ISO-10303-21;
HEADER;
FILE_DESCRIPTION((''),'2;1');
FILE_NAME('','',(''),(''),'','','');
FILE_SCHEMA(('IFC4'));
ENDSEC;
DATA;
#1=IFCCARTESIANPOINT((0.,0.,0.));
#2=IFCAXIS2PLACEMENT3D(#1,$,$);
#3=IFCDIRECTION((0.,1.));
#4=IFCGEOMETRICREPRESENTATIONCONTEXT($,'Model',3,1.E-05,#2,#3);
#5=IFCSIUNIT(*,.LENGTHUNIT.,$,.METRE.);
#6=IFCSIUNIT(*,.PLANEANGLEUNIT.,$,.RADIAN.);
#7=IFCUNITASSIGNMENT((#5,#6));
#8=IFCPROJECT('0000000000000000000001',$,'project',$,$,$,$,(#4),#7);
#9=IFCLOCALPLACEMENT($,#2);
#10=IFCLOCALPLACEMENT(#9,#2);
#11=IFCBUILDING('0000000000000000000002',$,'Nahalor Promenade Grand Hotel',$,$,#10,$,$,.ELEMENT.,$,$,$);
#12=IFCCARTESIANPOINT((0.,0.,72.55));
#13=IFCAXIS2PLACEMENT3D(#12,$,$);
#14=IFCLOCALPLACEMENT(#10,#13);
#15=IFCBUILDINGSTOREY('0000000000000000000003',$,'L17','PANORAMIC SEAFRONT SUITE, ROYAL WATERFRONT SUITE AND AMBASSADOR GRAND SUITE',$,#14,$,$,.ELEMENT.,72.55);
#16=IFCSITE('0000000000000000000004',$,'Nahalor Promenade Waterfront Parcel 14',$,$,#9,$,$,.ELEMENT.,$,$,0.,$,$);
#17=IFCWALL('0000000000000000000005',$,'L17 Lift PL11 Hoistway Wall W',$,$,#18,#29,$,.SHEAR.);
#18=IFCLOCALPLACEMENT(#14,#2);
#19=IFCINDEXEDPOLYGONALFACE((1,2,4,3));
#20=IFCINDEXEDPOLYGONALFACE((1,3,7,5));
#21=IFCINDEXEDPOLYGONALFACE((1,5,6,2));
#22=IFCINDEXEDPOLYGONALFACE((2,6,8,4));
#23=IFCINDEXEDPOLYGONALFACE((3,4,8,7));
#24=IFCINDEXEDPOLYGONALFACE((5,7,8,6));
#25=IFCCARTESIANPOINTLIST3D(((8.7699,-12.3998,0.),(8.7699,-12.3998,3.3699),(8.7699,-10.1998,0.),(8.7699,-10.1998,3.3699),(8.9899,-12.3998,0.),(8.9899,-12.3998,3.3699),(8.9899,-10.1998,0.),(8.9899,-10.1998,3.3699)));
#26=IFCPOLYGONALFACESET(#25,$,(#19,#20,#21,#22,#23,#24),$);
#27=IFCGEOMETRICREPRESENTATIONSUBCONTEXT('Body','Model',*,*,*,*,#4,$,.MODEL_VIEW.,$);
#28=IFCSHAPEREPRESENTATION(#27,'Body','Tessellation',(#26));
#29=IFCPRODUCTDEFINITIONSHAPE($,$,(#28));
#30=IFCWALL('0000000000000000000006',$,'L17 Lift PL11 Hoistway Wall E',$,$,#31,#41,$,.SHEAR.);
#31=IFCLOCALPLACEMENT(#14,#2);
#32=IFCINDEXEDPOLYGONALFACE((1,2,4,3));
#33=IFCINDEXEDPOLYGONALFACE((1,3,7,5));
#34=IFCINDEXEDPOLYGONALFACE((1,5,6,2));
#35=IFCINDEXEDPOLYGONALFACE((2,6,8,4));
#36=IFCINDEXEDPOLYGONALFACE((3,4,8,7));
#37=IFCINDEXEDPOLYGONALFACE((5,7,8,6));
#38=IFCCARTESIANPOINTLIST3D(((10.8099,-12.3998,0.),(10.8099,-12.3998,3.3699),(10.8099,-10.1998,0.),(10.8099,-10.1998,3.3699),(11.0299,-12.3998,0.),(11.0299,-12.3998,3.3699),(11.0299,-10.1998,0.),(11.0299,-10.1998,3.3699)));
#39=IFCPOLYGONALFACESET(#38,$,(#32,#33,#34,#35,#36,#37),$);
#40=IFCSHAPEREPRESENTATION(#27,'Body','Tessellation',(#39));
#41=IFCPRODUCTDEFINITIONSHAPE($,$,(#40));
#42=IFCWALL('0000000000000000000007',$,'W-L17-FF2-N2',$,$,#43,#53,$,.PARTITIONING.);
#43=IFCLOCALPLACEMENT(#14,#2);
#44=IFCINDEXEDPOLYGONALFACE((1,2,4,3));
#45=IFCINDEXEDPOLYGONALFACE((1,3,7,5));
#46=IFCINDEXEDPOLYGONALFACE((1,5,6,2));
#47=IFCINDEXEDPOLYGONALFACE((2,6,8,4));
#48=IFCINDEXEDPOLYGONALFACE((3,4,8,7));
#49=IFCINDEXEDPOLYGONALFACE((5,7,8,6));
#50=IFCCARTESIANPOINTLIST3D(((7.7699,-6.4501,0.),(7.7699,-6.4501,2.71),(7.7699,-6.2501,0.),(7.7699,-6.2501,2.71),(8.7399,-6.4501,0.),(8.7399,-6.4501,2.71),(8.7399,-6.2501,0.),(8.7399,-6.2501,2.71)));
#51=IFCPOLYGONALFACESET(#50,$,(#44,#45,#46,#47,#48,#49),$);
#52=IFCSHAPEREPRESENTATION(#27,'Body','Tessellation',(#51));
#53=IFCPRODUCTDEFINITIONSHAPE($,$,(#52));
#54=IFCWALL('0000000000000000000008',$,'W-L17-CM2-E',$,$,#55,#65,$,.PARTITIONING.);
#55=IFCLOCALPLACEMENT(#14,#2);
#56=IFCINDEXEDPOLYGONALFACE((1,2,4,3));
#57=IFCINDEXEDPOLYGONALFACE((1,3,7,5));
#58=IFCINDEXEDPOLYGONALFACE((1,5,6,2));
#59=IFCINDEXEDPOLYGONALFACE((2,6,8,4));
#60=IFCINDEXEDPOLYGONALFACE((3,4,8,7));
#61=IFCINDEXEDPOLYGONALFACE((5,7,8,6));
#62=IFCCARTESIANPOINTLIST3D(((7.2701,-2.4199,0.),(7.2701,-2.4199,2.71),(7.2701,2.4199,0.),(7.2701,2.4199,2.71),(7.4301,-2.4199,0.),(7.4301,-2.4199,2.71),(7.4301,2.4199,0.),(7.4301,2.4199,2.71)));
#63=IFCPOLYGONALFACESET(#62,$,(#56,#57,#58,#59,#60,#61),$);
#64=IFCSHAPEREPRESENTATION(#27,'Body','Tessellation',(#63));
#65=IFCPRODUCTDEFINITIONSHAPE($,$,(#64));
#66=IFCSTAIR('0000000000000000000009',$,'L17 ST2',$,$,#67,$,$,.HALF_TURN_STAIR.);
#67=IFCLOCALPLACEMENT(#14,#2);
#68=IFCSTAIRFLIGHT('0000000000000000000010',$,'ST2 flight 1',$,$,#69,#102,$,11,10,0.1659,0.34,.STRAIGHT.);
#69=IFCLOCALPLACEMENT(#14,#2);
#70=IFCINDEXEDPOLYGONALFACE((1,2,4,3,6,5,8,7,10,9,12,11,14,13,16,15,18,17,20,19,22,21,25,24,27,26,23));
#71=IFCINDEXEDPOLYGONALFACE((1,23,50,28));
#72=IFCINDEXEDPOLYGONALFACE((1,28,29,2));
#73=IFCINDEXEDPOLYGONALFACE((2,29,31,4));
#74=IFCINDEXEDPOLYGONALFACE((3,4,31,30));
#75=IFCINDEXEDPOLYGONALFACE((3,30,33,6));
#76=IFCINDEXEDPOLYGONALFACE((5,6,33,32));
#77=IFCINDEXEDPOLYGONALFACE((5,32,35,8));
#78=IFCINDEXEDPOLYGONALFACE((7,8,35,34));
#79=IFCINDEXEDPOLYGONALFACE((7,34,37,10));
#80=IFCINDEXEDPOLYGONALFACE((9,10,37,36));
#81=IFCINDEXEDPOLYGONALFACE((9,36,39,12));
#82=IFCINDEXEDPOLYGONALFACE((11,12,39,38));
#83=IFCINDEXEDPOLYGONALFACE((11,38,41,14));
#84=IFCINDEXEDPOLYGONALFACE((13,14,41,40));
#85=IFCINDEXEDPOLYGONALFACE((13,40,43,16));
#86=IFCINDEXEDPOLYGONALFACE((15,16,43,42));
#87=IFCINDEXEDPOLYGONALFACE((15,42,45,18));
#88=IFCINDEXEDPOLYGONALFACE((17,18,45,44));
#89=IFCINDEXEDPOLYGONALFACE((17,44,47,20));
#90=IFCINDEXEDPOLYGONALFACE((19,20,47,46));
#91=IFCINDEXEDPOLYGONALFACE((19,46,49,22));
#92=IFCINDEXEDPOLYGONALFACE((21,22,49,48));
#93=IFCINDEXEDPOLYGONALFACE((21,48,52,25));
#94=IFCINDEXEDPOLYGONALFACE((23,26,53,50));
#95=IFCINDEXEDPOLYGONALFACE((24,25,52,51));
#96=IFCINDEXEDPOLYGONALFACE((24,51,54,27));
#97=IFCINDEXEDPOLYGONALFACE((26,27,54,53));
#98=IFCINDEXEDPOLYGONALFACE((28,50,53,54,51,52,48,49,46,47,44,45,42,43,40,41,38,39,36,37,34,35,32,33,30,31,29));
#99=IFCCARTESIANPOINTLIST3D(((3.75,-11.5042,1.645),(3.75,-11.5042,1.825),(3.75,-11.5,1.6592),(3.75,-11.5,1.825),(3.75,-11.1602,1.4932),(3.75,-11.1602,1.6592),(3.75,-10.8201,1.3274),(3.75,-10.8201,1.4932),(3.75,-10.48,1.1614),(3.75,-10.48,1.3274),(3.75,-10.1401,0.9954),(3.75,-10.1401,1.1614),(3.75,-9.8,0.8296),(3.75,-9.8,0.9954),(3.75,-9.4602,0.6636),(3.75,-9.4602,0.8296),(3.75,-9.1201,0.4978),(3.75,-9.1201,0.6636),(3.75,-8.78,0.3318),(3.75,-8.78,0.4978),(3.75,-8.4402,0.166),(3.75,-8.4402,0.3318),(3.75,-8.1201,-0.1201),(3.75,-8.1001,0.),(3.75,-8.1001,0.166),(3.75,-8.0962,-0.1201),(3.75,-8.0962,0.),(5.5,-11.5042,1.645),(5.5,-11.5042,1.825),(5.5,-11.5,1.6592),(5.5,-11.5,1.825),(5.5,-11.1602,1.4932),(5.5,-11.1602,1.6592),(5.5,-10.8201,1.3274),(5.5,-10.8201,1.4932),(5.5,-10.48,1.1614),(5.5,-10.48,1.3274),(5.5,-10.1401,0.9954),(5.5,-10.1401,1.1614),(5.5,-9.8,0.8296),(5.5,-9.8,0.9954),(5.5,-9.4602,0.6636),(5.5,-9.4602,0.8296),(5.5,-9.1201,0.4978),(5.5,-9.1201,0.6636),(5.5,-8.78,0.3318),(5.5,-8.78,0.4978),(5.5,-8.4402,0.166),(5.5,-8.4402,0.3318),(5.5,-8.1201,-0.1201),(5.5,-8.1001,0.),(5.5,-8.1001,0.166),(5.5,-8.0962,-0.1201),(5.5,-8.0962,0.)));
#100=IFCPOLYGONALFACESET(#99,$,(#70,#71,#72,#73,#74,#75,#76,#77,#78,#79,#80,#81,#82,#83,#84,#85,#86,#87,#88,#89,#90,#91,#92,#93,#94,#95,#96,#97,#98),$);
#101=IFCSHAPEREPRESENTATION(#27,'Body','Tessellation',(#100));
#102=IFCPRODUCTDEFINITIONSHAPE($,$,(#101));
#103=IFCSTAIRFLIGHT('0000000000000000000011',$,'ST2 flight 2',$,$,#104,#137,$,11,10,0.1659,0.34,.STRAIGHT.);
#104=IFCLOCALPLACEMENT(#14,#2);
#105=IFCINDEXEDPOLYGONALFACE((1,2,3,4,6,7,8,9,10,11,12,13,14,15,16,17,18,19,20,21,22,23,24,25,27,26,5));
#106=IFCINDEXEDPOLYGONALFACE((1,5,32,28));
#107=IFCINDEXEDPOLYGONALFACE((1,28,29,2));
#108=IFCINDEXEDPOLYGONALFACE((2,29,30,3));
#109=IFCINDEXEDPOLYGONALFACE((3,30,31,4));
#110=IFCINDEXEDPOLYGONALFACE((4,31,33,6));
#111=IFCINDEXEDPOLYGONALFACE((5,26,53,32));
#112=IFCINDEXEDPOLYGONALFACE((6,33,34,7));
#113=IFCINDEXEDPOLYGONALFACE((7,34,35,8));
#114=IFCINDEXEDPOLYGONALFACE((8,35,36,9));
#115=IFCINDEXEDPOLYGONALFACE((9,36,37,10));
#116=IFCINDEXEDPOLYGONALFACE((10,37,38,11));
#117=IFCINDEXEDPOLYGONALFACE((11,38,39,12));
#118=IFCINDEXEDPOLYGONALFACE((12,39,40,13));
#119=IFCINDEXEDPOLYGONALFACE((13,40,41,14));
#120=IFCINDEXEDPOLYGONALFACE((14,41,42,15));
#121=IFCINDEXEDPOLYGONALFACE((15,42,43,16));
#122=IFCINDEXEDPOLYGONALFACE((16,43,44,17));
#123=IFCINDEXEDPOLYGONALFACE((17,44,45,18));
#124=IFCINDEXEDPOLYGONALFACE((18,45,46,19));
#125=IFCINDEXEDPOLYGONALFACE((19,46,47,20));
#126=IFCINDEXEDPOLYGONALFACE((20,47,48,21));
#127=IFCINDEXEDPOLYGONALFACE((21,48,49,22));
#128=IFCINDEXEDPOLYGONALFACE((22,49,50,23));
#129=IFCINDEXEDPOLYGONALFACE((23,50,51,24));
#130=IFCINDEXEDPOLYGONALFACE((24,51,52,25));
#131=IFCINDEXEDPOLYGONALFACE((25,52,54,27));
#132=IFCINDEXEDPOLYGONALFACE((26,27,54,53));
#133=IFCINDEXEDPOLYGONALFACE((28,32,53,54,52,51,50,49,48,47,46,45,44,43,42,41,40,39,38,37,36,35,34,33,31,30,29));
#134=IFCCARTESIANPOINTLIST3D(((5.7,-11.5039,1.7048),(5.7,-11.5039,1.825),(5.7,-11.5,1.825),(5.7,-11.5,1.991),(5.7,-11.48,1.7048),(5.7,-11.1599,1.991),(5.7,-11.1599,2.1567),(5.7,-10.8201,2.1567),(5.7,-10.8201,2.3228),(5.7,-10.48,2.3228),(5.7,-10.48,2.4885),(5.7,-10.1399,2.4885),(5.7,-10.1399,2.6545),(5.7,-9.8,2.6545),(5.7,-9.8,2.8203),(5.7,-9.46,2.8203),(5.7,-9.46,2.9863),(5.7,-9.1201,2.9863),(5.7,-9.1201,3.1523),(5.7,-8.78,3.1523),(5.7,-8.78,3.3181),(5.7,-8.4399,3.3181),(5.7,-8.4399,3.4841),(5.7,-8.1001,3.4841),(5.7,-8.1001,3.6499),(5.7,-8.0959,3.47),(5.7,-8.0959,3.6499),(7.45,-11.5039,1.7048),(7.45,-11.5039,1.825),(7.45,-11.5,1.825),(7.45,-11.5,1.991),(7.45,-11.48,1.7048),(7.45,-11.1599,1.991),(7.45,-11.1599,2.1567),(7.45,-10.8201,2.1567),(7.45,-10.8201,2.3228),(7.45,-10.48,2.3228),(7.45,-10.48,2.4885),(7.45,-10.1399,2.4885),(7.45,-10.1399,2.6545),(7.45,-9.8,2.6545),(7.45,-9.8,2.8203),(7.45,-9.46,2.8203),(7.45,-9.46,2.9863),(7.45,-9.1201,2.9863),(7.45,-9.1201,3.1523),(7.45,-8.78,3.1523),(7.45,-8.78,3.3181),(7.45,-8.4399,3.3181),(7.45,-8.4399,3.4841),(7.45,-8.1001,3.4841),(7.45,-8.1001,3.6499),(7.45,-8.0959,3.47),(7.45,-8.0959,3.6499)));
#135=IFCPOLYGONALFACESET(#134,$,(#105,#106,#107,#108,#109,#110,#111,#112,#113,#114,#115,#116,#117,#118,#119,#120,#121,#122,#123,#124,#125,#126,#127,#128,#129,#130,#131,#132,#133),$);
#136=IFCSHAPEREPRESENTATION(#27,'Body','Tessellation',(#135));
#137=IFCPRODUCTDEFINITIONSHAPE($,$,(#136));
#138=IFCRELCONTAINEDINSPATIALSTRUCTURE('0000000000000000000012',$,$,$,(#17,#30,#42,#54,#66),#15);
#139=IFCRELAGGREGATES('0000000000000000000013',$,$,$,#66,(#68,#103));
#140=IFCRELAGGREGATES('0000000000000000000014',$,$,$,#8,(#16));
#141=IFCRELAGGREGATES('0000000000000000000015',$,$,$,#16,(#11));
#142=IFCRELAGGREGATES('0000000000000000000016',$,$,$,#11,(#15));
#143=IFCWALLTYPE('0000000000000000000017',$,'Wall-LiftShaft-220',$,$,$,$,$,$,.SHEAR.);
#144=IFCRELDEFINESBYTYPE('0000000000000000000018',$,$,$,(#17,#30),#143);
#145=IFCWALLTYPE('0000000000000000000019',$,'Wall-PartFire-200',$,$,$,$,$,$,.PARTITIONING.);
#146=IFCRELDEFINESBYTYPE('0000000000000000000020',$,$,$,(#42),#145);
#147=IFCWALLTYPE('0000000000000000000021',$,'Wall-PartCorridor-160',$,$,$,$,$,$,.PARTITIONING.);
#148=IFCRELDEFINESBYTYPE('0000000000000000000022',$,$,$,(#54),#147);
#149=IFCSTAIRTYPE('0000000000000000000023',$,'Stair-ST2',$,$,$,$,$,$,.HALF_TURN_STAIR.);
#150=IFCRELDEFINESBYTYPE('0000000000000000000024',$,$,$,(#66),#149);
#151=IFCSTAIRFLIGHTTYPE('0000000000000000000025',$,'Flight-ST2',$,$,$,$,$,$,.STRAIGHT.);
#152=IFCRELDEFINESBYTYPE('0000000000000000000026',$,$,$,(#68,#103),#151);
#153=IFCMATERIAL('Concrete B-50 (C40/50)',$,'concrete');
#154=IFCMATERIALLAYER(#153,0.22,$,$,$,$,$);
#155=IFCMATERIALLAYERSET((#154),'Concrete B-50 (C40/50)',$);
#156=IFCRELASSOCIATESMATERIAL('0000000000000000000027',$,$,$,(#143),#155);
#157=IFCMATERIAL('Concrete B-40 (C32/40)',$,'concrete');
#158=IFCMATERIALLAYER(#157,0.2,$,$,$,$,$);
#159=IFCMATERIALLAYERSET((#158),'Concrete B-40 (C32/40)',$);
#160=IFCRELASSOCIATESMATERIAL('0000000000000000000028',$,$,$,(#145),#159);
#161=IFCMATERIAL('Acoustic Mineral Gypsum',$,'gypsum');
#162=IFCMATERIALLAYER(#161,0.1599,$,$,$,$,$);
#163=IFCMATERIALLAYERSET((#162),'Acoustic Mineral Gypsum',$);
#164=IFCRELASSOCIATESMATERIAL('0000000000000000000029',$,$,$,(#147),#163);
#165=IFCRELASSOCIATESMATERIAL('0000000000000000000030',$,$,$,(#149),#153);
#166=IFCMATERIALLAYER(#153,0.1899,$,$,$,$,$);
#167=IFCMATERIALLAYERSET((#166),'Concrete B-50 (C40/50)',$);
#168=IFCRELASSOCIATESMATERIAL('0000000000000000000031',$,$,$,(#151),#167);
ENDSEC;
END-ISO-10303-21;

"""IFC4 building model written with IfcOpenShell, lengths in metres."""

from ifc_helpers import new_model, si_unit, direction, frame, frame_2d, origin, place, context, subcontext, project, spatial, polyline, rectangle, outline, extrude, source, transform, mapped, material, layer, layer_set, type_object, element, aggregate, save


model = new_model("IFC4")

# Units and contexts
model_context = context("Model", 3, precision=1e-05, world=origin(), true_north=direction((0.0, 1.0)))
body_context = subcontext(model_context, "Body", "Model", "MODEL_VIEW")
ifc_project = project(units=[si_unit("LENGTHUNIT", "METRE"), si_unit("PLANEANGLEUNIT", "RADIAN")], contexts=[model_context])

# Site, building, storey
site_placement = place(None, origin())
site = spatial("IfcSite", under=ifc_project, at=site_placement, Name="Nahalor Promenade Waterfront Parcel 14", CompositionType="ELEMENT", RefElevation=0.0)
building_placement = place(site_placement, origin())
building = spatial("IfcBuilding", under=site, at=building_placement, Name="Nahalor Promenade Grand Hotel", CompositionType="ELEMENT")
storey_placement = place(building_placement, frame((0.0, 0.0, 72.55)))
storey = spatial("IfcBuildingStorey", under=building, at=storey_placement, Name="L17", Description="PANORAMIC SEAFRONT SUITE, ROYAL WATERFRONT SUITE AND AMBASSADOR GRAND SUITE", CompositionType="ELEMENT", Elevation=72.55)

# Walls
ifc_material_1 = material(Name="Concrete B-50 (C40/50)", Category="concrete")
ifc_layer_1 = layer(ifc_material_1, 0.22)
ifc_layer_set_1 = layer_set([ifc_layer_1], Name="Concrete B-50 (C40/50)")
wall_type_1 = type_object("IfcWallType", Name="Wall-LiftShaft-220", PredefinedType="SHEAR", material=ifc_layer_set_1)
shared_shape_1 = source(origin(), body_context, "Body", "SweptSolid", [
    extrude(rectangle(XDim=2.2, YDim=0.22, at=frame_2d((1.1001, 0.0))), origin(), (0.0, 0.0, 1.0), 3.3699),
])
for number, where, z_axis, x_axis, name in (
    (1, (8.8799, -12.3999, 0.0), (0.0, 0.0, 1.0), (0.0, 1.0, 0.0), "L17 Lift PL11 Hoistway Wall W"),
    (2, (10.9199, -12.3999, 0.0), (0.0, 0.0, 1.0), (0.0, 1.0, 0.0), "L17 Lift PL11 Hoistway Wall E"),
):
    element("IfcWall", number, at=place(storey_placement, frame(where, z_axis=z_axis, x_axis=x_axis)), inside=storey, type_object=wall_type_1, Name=name, PredefinedType="SHEAR", context=body_context, shape_type="MappedRepresentation", body=[
        mapped(shared_shape_1, transform((0.0, 0.0, 0.0), scale=1.0)),
    ])
ifc_material_2 = material(Name="Concrete B-40 (C32/40)", Category="concrete")
ifc_layer_2 = layer(ifc_material_2, 0.2)
ifc_layer_set_2 = layer_set([ifc_layer_2], Name="Concrete B-40 (C32/40)")
wall_type_2 = type_object("IfcWallType", Name="Wall-PartFire-200", PredefinedType="PARTITIONING", material=ifc_layer_set_2)
shared_shape_2 = source(origin(), body_context, "Body", "SweptSolid", [
    extrude(rectangle(XDim=0.97, YDim=0.2, at=frame_2d((0.4849, 0.0))), origin(), (0.0, 0.0, 1.0), 2.71),
])
wall_1_placement = place(storey_placement, frame((7.77, -6.3501, 0.0), z_axis=(0.0, 0.0, 1.0), x_axis=(1.0, 0.0, 0.0)))
element("IfcWall", 3, at=wall_1_placement, inside=storey, type_object=wall_type_2, Name="W-L17-FF2-N2", PredefinedType="PARTITIONING", context=body_context, shape_type="MappedRepresentation", body=[
    mapped(shared_shape_2, transform((0.0, 0.0, 0.0), scale=1.0)),
])
ifc_material_3 = material(Name="Acoustic Mineral Gypsum", Category="gypsum")
ifc_layer_3 = layer(ifc_material_3, 0.1599)
ifc_layer_set_3 = layer_set([ifc_layer_3], Name="Acoustic Mineral Gypsum")
wall_type_3 = type_object("IfcWallType", Name="Wall-PartCorridor-160", PredefinedType="PARTITIONING", material=ifc_layer_set_3)
shared_shape_3 = source(origin(), body_context, "Body", "SweptSolid", [
    extrude(rectangle(XDim=4.8398, YDim=0.1599, at=frame_2d((2.4199, 0.0))), origin(), (0.0, 0.0, 1.0), 2.71),
])
wall_2_placement = place(storey_placement, frame((7.3501, -2.4199, 0.0), z_axis=(0.0, 0.0, 1.0), x_axis=(0.0, 1.0, 0.0)))
element("IfcWall", 4, at=wall_2_placement, inside=storey, type_object=wall_type_3, Name="W-L17-CM2-E", PredefinedType="PARTITIONING", context=body_context, shape_type="MappedRepresentation", body=[
    mapped(shared_shape_3, transform((0.0, 0.0, 0.0), scale=1.0)),
])

# Stair, stair flights
stair_type = type_object("IfcStairType", Name="Stair-ST2", PredefinedType="HALF_TURN_STAIR", material=ifc_material_1)
stair_placement = place(storey_placement, origin())
stair = element("IfcStair", 5, at=stair_placement, inside=storey, type_object=stair_type, Name="L17 ST2", PredefinedType="HALF_TURN_STAIR")
ifc_layer_4 = layer(ifc_material_1, 0.1899)
ifc_layer_set_4 = layer_set([ifc_layer_4], Name="Concrete B-50 (C40/50)")
stair_flight_type = type_object("IfcStairFlightType", Name="Flight-ST2", PredefinedType="STRAIGHT", material=ifc_layer_set_4)
shared_shape_4 = source(origin(), body_context, "Body", "SweptSolid", [
    extrude(outline(polyline([(-0.0039, -0.1201), (-0.0039, 0.0), (0.0, 0.0), (0.0, 0.166), (0.3401, 0.166), (0.3401, 0.3318), (0.6799, 0.3318), (0.6799, 0.4978), (1.02, 0.4978), (1.02, 0.6636), (1.3601, 0.6636), (1.3601, 0.8296), (1.7, 0.8296), (1.7, 0.9954), (2.04, 0.9954), (2.04, 1.1614), (2.3799, 1.1614), (2.3799, 1.3274), (2.72, 1.3274), (2.72, 1.4932), (3.0601, 1.4932), (3.0601, 1.6592), (3.3999, 1.6592), (3.3999, 1.825), (3.4041, 1.825), (3.4041, 1.645), (0.02, -0.1201), (-0.0039, -0.1201)])), frame((0.0, 0.875, 0.0), z_axis=(0.0, -1.0, 0.0), x_axis=(1.0, 0.0, 0.0)), (0.0, 0.0, 1.0), 1.75),
])
stair_flight_1_placement = place(storey_placement, frame((4.625, -8.1001, 0.0), z_axis=(0.0, 0.0, 1.0), x_axis=(0.0, -1.0, 0.0)))
stair_flight_1 = element("IfcStairFlight", 6, at=stair_flight_1_placement, type_object=stair_flight_type, Name="ST2 flight 1", NumberOfRisers=11, NumberOfTreads=10, PredefinedType="STRAIGHT", RiserHeight=0.1659, TreadLength=0.34, context=body_context, shape_type="MappedRepresentation", body=[
    mapped(shared_shape_4, transform((0.0, 0.0, 0.0), scale=1.0)),
])
stair_flight_2_placement = place(storey_placement, frame((6.575, -11.5, 1.825), z_axis=(0.0, 0.0, 1.0), x_axis=(0.0, 1.0, 0.0)))
stair_flight_2 = element("IfcStairFlight", 7, at=stair_flight_2_placement, type_object=stair_flight_type, Name="ST2 flight 2", NumberOfRisers=11, NumberOfTreads=10, PredefinedType="STRAIGHT", RiserHeight=0.1659, TreadLength=0.34, context=body_context, shape_type="MappedRepresentation", body=[
    mapped(shared_shape_4, transform((0.0, 0.0, 0.0), scale=1.0)),
])
aggregate(stair, [stair_flight_1, stair_flight_2])

save(model, "model.ifc")
